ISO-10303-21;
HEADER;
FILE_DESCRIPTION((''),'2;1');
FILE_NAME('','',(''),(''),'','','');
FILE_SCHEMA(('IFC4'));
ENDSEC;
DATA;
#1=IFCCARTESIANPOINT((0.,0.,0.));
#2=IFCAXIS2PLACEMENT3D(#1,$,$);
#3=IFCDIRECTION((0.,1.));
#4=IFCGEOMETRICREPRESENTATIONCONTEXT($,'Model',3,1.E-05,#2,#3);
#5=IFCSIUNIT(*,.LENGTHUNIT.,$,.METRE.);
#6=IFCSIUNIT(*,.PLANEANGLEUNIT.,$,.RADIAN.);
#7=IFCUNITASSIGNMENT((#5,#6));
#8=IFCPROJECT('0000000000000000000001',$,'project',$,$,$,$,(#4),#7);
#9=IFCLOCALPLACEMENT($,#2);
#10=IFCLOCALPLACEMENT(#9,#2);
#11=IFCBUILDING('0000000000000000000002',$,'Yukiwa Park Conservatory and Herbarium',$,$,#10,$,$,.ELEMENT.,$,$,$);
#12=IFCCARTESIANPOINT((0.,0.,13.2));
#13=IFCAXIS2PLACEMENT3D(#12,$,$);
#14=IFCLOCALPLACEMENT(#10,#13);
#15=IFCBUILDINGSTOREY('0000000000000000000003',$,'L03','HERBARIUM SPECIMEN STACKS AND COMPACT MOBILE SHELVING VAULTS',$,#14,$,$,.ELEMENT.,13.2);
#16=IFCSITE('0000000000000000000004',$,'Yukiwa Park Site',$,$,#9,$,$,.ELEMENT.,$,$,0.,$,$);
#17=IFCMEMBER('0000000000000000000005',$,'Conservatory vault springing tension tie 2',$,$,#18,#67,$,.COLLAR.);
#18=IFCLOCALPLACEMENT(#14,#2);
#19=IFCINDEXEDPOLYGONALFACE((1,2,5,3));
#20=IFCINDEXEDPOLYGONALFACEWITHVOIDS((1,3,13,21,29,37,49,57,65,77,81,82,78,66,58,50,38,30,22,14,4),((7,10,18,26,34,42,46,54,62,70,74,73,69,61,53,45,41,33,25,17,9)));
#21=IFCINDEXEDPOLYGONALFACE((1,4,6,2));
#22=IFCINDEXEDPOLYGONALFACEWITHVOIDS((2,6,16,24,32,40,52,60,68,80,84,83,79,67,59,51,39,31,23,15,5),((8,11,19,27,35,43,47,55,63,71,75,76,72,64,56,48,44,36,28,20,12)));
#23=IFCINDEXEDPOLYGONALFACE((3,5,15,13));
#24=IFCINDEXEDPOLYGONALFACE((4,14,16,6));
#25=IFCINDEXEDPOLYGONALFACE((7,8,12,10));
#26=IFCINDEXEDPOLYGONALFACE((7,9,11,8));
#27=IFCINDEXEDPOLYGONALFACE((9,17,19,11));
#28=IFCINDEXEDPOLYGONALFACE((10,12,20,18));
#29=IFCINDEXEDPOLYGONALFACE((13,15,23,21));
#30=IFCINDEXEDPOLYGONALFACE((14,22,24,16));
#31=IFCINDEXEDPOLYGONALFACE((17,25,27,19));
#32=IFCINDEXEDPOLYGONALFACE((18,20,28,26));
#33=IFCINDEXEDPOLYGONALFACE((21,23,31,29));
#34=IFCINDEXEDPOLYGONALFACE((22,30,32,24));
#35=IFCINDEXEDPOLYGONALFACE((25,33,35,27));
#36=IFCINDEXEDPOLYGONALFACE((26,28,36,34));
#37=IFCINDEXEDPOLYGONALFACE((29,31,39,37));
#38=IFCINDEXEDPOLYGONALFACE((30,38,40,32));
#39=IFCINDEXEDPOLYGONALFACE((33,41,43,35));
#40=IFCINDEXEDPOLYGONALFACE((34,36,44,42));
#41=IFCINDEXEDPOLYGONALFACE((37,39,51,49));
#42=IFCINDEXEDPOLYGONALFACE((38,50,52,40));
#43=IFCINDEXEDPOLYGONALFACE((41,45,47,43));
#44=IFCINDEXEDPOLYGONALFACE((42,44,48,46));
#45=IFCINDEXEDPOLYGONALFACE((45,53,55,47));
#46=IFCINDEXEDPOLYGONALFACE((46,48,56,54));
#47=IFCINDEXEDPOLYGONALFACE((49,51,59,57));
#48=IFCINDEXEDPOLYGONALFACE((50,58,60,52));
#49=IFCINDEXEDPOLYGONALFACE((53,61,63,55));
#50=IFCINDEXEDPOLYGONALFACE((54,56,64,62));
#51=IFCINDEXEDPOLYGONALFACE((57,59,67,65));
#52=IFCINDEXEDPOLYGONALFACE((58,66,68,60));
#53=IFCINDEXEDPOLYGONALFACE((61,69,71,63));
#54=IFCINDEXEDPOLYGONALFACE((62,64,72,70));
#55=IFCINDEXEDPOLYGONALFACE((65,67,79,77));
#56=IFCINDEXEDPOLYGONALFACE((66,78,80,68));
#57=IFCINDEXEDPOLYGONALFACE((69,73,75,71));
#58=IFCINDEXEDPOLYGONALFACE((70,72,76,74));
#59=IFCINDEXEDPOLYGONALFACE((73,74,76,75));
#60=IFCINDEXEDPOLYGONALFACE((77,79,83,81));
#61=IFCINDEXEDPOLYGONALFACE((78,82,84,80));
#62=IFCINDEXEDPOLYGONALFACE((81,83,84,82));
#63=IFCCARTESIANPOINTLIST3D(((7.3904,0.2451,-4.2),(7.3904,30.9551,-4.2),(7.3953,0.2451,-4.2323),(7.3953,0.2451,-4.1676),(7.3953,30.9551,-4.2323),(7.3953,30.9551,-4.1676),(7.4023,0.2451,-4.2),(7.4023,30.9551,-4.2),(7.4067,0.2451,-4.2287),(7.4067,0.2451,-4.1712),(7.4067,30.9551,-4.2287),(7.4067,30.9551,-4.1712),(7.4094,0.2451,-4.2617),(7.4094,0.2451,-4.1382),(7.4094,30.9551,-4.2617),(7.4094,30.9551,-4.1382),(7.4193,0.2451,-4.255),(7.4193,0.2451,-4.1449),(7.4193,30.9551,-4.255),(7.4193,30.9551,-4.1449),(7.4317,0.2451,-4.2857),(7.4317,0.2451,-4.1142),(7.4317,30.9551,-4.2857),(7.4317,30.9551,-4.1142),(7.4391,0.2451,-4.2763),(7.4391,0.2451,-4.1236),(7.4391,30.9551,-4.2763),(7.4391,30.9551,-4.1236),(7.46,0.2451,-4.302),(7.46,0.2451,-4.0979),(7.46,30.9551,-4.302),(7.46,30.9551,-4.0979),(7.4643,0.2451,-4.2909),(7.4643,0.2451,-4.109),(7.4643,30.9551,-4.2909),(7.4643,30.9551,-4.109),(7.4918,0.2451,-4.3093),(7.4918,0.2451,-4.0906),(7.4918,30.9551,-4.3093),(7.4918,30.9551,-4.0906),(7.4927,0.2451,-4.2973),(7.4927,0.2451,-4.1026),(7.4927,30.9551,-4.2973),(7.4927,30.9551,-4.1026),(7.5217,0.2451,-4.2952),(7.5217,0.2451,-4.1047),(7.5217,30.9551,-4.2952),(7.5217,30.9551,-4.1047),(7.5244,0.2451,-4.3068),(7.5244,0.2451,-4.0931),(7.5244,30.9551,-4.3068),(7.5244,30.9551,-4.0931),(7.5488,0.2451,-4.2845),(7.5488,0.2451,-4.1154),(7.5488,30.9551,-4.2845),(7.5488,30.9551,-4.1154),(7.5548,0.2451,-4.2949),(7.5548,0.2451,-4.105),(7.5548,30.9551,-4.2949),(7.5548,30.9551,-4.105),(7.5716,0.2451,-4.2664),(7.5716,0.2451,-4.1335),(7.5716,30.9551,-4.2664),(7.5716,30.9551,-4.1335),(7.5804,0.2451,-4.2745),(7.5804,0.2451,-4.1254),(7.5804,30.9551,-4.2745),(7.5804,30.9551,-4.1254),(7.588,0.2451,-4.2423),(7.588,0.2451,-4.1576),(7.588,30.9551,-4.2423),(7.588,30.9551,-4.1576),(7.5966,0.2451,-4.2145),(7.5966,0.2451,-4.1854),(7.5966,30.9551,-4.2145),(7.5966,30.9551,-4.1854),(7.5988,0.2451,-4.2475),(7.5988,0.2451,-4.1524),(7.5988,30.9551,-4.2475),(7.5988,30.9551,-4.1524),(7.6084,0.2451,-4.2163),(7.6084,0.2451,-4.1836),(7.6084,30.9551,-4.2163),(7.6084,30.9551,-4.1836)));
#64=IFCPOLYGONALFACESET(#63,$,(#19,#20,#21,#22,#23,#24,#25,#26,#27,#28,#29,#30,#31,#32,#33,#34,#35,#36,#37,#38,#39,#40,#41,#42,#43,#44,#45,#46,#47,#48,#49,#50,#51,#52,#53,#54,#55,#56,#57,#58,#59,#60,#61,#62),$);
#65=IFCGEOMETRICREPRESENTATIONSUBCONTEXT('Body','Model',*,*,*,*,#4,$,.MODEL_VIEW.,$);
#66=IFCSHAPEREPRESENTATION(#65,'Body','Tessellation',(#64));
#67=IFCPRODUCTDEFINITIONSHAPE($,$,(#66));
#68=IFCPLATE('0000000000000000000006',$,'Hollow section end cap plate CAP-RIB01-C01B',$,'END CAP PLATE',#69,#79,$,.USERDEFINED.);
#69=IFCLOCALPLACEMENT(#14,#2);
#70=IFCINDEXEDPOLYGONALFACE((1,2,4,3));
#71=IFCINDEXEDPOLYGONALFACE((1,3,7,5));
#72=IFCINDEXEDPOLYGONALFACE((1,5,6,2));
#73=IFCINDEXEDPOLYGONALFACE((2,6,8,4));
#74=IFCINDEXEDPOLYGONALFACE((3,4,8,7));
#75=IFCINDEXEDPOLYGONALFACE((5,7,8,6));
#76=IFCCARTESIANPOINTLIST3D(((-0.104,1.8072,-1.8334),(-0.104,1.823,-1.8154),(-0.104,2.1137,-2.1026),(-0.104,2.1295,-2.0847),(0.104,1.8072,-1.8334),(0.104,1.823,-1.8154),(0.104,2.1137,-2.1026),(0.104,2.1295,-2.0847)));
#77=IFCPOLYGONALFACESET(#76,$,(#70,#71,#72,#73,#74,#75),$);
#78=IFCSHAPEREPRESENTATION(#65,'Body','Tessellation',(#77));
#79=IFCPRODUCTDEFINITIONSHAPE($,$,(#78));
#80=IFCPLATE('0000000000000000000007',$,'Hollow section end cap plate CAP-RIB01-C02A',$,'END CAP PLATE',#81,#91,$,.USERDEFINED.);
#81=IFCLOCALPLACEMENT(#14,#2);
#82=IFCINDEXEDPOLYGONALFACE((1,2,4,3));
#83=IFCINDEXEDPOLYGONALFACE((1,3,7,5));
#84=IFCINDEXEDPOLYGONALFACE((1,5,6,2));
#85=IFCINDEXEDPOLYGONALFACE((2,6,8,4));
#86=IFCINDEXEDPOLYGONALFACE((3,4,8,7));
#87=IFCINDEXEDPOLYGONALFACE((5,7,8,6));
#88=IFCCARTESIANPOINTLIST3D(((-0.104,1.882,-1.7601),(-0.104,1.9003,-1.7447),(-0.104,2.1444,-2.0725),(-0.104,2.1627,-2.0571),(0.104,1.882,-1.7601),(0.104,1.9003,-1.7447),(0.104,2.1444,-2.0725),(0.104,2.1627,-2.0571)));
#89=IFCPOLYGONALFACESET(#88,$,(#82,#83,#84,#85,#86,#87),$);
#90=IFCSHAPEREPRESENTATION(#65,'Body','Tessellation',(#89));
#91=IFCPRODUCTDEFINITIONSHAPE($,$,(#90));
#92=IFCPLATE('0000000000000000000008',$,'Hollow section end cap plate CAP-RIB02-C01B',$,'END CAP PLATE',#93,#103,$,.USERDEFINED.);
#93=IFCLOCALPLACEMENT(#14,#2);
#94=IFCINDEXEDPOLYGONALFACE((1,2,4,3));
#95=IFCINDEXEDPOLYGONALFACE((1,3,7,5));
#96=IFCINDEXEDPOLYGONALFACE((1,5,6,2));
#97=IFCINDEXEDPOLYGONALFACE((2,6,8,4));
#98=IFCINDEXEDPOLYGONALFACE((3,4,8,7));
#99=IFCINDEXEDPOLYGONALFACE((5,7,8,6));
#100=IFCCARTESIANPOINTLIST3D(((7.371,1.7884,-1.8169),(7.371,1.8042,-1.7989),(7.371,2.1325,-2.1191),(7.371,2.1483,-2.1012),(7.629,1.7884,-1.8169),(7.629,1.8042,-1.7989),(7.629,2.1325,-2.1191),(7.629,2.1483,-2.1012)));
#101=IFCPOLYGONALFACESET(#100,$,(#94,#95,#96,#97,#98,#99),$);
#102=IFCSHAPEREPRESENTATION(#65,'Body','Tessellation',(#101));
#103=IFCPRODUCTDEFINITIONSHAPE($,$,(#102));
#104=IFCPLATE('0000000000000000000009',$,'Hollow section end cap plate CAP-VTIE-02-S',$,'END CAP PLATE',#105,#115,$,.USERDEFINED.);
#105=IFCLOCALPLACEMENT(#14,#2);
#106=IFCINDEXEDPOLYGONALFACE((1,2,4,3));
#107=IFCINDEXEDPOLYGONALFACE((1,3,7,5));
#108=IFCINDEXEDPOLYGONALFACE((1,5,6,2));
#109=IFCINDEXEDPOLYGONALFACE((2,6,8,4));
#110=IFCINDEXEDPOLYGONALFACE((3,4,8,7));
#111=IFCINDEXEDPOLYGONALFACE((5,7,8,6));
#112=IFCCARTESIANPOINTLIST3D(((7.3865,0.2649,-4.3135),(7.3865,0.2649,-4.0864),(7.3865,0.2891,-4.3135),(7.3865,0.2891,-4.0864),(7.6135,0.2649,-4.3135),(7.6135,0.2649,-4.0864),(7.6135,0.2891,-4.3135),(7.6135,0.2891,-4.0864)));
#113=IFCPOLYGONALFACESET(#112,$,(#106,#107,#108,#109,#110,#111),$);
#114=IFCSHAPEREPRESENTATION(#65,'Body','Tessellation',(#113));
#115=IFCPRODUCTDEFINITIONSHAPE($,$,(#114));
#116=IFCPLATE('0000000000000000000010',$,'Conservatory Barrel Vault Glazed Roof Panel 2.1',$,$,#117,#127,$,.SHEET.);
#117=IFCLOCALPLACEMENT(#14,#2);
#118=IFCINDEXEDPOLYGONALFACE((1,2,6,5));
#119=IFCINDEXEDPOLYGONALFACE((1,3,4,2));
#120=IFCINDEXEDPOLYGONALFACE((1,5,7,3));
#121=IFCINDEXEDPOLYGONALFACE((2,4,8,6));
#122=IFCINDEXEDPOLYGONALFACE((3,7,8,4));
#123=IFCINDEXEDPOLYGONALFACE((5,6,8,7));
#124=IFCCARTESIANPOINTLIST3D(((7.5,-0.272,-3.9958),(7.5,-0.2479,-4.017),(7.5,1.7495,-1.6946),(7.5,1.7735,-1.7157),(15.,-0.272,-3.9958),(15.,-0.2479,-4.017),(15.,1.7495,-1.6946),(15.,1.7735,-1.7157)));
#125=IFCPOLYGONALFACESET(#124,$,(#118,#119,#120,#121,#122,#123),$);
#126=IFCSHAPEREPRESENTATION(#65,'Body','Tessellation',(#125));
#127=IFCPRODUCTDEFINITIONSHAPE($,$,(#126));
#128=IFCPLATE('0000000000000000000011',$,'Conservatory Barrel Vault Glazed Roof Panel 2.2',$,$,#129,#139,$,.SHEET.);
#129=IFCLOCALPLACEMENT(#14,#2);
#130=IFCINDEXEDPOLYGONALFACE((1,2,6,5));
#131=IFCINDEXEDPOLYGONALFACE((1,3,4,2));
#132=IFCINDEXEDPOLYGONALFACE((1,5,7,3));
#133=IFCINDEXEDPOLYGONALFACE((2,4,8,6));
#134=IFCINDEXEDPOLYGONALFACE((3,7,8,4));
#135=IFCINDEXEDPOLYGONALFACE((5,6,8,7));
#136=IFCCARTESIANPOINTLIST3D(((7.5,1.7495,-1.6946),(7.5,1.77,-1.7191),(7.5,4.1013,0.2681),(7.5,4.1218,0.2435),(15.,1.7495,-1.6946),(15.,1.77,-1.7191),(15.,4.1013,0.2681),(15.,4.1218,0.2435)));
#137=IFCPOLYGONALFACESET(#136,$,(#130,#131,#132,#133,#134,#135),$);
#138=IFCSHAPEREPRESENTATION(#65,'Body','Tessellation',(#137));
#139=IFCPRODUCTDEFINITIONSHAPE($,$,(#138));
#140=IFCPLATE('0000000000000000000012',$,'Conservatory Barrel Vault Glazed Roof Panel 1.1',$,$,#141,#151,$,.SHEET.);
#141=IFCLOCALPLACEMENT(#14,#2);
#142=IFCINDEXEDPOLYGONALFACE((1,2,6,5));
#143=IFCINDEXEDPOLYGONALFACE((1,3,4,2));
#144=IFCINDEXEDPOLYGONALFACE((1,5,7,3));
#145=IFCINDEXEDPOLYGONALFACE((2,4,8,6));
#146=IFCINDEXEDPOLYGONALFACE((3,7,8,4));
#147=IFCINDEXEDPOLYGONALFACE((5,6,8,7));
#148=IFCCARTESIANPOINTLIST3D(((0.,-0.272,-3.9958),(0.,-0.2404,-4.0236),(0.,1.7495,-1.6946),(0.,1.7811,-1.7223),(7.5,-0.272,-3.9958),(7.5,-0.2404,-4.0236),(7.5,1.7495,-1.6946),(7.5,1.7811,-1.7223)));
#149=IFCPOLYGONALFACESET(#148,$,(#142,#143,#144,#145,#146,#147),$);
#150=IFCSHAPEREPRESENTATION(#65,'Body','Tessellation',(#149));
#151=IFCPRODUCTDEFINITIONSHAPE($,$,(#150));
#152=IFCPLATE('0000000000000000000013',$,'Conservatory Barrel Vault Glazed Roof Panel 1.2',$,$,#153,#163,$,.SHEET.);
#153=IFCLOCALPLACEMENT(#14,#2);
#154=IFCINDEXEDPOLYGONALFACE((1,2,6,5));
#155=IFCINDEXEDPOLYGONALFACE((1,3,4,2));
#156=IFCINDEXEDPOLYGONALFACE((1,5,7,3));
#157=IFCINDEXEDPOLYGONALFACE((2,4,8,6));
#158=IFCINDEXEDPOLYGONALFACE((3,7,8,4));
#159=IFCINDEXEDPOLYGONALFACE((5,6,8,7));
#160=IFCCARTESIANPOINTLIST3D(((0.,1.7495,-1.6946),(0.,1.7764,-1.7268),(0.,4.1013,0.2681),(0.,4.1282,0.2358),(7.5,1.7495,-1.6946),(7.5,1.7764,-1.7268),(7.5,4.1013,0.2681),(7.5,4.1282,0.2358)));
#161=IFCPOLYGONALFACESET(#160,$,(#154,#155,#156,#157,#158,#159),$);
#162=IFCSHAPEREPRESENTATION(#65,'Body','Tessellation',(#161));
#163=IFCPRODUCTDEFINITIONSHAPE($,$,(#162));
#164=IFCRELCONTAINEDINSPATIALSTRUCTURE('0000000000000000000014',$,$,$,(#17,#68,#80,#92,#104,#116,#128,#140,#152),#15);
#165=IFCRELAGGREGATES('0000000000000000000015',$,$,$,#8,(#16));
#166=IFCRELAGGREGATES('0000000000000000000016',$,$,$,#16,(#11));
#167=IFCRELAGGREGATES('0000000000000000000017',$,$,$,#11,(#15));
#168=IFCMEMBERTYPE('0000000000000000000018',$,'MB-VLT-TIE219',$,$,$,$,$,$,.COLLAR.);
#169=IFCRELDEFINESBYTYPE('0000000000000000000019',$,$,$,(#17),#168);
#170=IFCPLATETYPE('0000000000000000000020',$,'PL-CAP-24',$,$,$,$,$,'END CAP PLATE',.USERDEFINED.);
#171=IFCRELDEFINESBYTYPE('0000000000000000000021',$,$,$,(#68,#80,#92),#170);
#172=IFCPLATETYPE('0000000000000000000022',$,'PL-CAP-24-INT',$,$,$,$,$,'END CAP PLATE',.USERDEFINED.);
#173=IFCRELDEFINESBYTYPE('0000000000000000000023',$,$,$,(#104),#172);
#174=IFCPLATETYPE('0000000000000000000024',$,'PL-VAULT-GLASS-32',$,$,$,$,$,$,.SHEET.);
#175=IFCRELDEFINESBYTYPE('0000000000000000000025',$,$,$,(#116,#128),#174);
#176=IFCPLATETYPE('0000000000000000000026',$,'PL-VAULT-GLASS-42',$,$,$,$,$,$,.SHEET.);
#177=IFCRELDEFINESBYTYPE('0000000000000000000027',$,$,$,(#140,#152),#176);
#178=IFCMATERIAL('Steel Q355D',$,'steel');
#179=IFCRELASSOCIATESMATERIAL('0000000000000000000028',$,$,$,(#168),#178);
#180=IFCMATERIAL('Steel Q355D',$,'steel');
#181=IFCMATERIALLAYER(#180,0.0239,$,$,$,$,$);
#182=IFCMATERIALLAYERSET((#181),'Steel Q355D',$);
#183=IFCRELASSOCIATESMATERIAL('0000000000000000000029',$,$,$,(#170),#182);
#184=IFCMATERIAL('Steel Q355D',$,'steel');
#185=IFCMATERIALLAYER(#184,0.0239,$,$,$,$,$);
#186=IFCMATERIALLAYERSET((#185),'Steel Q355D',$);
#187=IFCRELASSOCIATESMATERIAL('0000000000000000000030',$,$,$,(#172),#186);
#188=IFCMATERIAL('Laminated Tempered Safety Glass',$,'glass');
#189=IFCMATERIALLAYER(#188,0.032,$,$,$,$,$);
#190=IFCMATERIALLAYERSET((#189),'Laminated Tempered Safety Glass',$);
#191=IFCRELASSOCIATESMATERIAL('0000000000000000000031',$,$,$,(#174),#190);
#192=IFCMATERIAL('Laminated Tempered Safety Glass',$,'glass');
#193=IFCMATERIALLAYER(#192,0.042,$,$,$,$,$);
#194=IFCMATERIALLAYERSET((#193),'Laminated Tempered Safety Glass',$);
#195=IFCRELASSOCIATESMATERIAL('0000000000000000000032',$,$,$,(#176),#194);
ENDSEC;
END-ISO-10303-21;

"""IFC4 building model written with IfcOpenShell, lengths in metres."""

from ifc_helpers import new_model, si_unit, direction, frame, origin, origin_2d, place, context, subcontext, project, spatial, polyline, rectangle, hollow_circle, outline, extrude, material, layer, layer_set, material_profile, profile_set, type_object, element, save


model = new_model("IFC4")

# Units and contexts
model_context = context("Model", 3, precision=1e-05, world=origin(), true_north=direction((0.0, 1.0)))
body_context = subcontext(model_context, "Body", "Model", "MODEL_VIEW")
ifc_project = project(units=[si_unit("LENGTHUNIT", "METRE"), si_unit("PLANEANGLEUNIT", "RADIAN")], contexts=[model_context])

# Site, building, storey
site_placement = place(None, origin())
site = spatial("IfcSite", under=ifc_project, at=site_placement, Name="Yukiwa Park Site", CompositionType="ELEMENT", RefElevation=0.0)
building_placement = place(site_placement, origin())
building = spatial("IfcBuilding", under=site, at=building_placement, Name="Yukiwa Park Conservatory and Herbarium", CompositionType="ELEMENT")
storey_placement = place(building_placement, frame((0.0, 0.0, 13.2)))
storey = spatial("IfcBuildingStorey", under=building, at=storey_placement, Name="L03", Description="HERBARIUM SPECIMEN STACKS AND COMPACT MOBILE SHELVING VAULTS", CompositionType="ELEMENT", Elevation=13.2)

# Member
ifc_material_1 = material(Name="Steel Q355D", Category="steel")
ifc_material_profile_1 = material_profile(ifc_material_1, hollow_circle(Radius=0.1096, WallThickness=0.012, at=origin_2d()), Name="CHS 219.1x12")
ifc_profile_set_1 = profile_set([ifc_material_profile_1], Name="Steel Q355D")
member_type_1 = type_object("IfcMemberType", Name="MB-VLT-TIE219", PredefinedType="COLLAR", material=ifc_profile_set_1)
member_1_placement = place(storey_placement, frame((7.5, 0.2451, -4.2), z_axis=(0.0, 1.0, 0.0), x_axis=(-1.0, 0.0, 0.0)))
element("IfcMember", 1, at=member_1_placement, inside=storey, type_object=member_type_1, Name="Conservatory vault springing tension tie 2", PredefinedType="COLLAR", context=body_context, shape_type="SweptSolid", body=[
    extrude(hollow_circle(Radius=0.1096, WallThickness=0.012, at=origin_2d()), origin(), (0.0, 0.0, 1.0), 30.71),
])

# Plates
ifc_material_2 = material(Name="Steel Q355D", Category="steel")
ifc_layer_1 = layer(ifc_material_2, 0.0239)
ifc_layer_set_1 = layer_set([ifc_layer_1], Name="Steel Q355D")
plate_type_1 = type_object("IfcPlateType", Name="PL-CAP-24", ElementType="END CAP PLATE", PredefinedType="USERDEFINED", material=ifc_layer_set_1)
for number, where, z_axis, x_axis, name in (
    (2, (0.0, 1.9604, -1.968), (0.0, 0.659941, 0.751317), (-1.0, 0.0, 0.0), "Hollow section end cap plate CAP-RIB01-C01B"),
    (3, (0.0, 2.0315, -1.9009), (0.0, -0.765705, -0.643192), (1.0, 0.0, 0.0), "Hollow section end cap plate CAP-RIB01-C02A"),
):
    element("IfcPlate", number, at=place(storey_placement, frame(where, z_axis=z_axis, x_axis=x_axis)), inside=storey, type_object=plate_type_1, Name=name, ObjectType="END CAP PLATE", PredefinedType="USERDEFINED", context=body_context, shape_type="SweptSolid", body=[
        extrude(rectangle(XDim=0.208, YDim=0.408, at=origin_2d()), origin(), (0.0, 0.0, 1.0), 0.0239),
    ])
plate_1_placement = place(storey_placement, frame((7.5, 1.9604, -1.968), z_axis=(0.0, 0.659941, 0.751317), x_axis=(-1.0, 0.0, 0.0)))
element("IfcPlate", 4, at=plate_1_placement, inside=storey, type_object=plate_type_1, Name="Hollow section end cap plate CAP-RIB02-C01B", ObjectType="END CAP PLATE", PredefinedType="USERDEFINED", context=body_context, shape_type="SweptSolid", body=[
    extrude(rectangle(XDim=0.2581, YDim=0.458, at=origin_2d()), origin(), (0.0, 0.0, 1.0), 0.0239),
])
ifc_material_3 = material(Name="Steel Q355D", Category="steel")
ifc_layer_2 = layer(ifc_material_3, 0.0239)
ifc_layer_set_2 = layer_set([ifc_layer_2], Name="Steel Q355D")
plate_type_2 = type_object("IfcPlateType", Name="PL-CAP-24-INT", ElementType="END CAP PLATE", PredefinedType="USERDEFINED", material=ifc_layer_set_2)
plate_2_placement = place(storey_placement, frame((7.5, 0.2891, -4.2), z_axis=(0.0, -1.0, 0.0), x_axis=(1.0, 0.0, 0.0)))
element("IfcPlate", 5, at=plate_2_placement, inside=storey, type_object=plate_type_2, Name="Hollow section end cap plate CAP-VTIE-02-S", ObjectType="END CAP PLATE", PredefinedType="USERDEFINED", context=body_context, shape_type="SweptSolid", body=[
    extrude(rectangle(XDim=0.2271, YDim=0.2271, at=origin_2d()), origin(), (0.0, 0.0, 1.0), 0.0242),
])
ifc_material_4 = material(Name="Laminated Tempered Safety Glass", Category="glass")
ifc_layer_3 = layer(ifc_material_4, 0.032)
ifc_layer_set_3 = layer_set([ifc_layer_3], Name="Laminated Tempered Safety Glass")
plate_type_3 = type_object("IfcPlateType", Name="PL-VAULT-GLASS-32", PredefinedType="SHEET", material=ifc_layer_set_3)
plate_3_placement = place(storey_placement, frame((7.5, -0.272, -3.9958), z_axis=(0.0, -0.751301, 0.659959), x_axis=(1.0, 0.0, 0.0)))
element("IfcPlate", 6, at=plate_3_placement, inside=storey, type_object=plate_type_3, Name="Conservatory Barrel Vault Glazed Roof Panel 2.1", PredefinedType="SHEET", context=body_context, shape_type="SweptSolid", body=[
    extrude(outline(polyline([(0.0, 0.0), (7.5, 0.0), (7.5, 3.063), (0.0, 3.063), (0.0, 0.0)])), origin(), (0.0, 0.0, -1.0), 0.032),
])
plate_4_placement = place(storey_placement, frame((7.5, 1.7495, -1.6946), z_axis=(0.0, -0.640725, 0.76777), x_axis=(1.0, 0.0, 0.0)))
element("IfcPlate", 7, at=plate_4_placement, inside=storey, type_object=plate_type_3, Name="Conservatory Barrel Vault Glazed Roof Panel 2.2", PredefinedType="SHEET", context=body_context, shape_type="SweptSolid", body=[
    extrude(outline(polyline([(0.0, 0.0), (7.5, 0.0), (7.5, 3.0632), (0.0, 3.0632), (0.0, 0.0)])), origin(), (0.0, 0.0, -1.0), 0.032),
])
ifc_material_5 = material(Name="Laminated Tempered Safety Glass", Category="glass")
ifc_layer_4 = layer(ifc_material_5, 0.042)
ifc_layer_set_4 = layer_set([ifc_layer_4], Name="Laminated Tempered Safety Glass")
plate_type_4 = type_object("IfcPlateType", Name="PL-VAULT-GLASS-42", PredefinedType="SHEET", material=ifc_layer_set_4)
plate_5_placement = place(storey_placement, frame((0.0, -0.272, -3.9958), z_axis=(0.0, -0.751301, 0.659959), x_axis=(1.0, 0.0, 0.0)))
element("IfcPlate", 8, at=plate_5_placement, inside=storey, type_object=plate_type_4, Name="Conservatory Barrel Vault Glazed Roof Panel 1.1", PredefinedType="SHEET", context=body_context, shape_type="SweptSolid", body=[
    extrude(outline(polyline([(0.0, 0.0), (7.5, 0.0), (7.5, 3.063), (0.0, 3.063), (0.0, 0.0)])), origin(), (0.0, 0.0, -1.0), 0.042),
])
plate_6_placement = place(storey_placement, frame((0.0, 1.7495, -1.6946), z_axis=(0.0, -0.640725, 0.76777), x_axis=(1.0, 0.0, 0.0)))
element("IfcPlate", 9, at=plate_6_placement, inside=storey, type_object=plate_type_4, Name="Conservatory Barrel Vault Glazed Roof Panel 1.2", PredefinedType="SHEET", context=body_context, shape_type="SweptSolid", body=[
    extrude(outline(polyline([(0.0, 0.0), (7.5, 0.0), (7.5, 3.0632), (0.0, 3.0632), (0.0, 0.0)])), origin(), (0.0, 0.0, -1.0), 0.042),
])

save(model, "model.ifc")
